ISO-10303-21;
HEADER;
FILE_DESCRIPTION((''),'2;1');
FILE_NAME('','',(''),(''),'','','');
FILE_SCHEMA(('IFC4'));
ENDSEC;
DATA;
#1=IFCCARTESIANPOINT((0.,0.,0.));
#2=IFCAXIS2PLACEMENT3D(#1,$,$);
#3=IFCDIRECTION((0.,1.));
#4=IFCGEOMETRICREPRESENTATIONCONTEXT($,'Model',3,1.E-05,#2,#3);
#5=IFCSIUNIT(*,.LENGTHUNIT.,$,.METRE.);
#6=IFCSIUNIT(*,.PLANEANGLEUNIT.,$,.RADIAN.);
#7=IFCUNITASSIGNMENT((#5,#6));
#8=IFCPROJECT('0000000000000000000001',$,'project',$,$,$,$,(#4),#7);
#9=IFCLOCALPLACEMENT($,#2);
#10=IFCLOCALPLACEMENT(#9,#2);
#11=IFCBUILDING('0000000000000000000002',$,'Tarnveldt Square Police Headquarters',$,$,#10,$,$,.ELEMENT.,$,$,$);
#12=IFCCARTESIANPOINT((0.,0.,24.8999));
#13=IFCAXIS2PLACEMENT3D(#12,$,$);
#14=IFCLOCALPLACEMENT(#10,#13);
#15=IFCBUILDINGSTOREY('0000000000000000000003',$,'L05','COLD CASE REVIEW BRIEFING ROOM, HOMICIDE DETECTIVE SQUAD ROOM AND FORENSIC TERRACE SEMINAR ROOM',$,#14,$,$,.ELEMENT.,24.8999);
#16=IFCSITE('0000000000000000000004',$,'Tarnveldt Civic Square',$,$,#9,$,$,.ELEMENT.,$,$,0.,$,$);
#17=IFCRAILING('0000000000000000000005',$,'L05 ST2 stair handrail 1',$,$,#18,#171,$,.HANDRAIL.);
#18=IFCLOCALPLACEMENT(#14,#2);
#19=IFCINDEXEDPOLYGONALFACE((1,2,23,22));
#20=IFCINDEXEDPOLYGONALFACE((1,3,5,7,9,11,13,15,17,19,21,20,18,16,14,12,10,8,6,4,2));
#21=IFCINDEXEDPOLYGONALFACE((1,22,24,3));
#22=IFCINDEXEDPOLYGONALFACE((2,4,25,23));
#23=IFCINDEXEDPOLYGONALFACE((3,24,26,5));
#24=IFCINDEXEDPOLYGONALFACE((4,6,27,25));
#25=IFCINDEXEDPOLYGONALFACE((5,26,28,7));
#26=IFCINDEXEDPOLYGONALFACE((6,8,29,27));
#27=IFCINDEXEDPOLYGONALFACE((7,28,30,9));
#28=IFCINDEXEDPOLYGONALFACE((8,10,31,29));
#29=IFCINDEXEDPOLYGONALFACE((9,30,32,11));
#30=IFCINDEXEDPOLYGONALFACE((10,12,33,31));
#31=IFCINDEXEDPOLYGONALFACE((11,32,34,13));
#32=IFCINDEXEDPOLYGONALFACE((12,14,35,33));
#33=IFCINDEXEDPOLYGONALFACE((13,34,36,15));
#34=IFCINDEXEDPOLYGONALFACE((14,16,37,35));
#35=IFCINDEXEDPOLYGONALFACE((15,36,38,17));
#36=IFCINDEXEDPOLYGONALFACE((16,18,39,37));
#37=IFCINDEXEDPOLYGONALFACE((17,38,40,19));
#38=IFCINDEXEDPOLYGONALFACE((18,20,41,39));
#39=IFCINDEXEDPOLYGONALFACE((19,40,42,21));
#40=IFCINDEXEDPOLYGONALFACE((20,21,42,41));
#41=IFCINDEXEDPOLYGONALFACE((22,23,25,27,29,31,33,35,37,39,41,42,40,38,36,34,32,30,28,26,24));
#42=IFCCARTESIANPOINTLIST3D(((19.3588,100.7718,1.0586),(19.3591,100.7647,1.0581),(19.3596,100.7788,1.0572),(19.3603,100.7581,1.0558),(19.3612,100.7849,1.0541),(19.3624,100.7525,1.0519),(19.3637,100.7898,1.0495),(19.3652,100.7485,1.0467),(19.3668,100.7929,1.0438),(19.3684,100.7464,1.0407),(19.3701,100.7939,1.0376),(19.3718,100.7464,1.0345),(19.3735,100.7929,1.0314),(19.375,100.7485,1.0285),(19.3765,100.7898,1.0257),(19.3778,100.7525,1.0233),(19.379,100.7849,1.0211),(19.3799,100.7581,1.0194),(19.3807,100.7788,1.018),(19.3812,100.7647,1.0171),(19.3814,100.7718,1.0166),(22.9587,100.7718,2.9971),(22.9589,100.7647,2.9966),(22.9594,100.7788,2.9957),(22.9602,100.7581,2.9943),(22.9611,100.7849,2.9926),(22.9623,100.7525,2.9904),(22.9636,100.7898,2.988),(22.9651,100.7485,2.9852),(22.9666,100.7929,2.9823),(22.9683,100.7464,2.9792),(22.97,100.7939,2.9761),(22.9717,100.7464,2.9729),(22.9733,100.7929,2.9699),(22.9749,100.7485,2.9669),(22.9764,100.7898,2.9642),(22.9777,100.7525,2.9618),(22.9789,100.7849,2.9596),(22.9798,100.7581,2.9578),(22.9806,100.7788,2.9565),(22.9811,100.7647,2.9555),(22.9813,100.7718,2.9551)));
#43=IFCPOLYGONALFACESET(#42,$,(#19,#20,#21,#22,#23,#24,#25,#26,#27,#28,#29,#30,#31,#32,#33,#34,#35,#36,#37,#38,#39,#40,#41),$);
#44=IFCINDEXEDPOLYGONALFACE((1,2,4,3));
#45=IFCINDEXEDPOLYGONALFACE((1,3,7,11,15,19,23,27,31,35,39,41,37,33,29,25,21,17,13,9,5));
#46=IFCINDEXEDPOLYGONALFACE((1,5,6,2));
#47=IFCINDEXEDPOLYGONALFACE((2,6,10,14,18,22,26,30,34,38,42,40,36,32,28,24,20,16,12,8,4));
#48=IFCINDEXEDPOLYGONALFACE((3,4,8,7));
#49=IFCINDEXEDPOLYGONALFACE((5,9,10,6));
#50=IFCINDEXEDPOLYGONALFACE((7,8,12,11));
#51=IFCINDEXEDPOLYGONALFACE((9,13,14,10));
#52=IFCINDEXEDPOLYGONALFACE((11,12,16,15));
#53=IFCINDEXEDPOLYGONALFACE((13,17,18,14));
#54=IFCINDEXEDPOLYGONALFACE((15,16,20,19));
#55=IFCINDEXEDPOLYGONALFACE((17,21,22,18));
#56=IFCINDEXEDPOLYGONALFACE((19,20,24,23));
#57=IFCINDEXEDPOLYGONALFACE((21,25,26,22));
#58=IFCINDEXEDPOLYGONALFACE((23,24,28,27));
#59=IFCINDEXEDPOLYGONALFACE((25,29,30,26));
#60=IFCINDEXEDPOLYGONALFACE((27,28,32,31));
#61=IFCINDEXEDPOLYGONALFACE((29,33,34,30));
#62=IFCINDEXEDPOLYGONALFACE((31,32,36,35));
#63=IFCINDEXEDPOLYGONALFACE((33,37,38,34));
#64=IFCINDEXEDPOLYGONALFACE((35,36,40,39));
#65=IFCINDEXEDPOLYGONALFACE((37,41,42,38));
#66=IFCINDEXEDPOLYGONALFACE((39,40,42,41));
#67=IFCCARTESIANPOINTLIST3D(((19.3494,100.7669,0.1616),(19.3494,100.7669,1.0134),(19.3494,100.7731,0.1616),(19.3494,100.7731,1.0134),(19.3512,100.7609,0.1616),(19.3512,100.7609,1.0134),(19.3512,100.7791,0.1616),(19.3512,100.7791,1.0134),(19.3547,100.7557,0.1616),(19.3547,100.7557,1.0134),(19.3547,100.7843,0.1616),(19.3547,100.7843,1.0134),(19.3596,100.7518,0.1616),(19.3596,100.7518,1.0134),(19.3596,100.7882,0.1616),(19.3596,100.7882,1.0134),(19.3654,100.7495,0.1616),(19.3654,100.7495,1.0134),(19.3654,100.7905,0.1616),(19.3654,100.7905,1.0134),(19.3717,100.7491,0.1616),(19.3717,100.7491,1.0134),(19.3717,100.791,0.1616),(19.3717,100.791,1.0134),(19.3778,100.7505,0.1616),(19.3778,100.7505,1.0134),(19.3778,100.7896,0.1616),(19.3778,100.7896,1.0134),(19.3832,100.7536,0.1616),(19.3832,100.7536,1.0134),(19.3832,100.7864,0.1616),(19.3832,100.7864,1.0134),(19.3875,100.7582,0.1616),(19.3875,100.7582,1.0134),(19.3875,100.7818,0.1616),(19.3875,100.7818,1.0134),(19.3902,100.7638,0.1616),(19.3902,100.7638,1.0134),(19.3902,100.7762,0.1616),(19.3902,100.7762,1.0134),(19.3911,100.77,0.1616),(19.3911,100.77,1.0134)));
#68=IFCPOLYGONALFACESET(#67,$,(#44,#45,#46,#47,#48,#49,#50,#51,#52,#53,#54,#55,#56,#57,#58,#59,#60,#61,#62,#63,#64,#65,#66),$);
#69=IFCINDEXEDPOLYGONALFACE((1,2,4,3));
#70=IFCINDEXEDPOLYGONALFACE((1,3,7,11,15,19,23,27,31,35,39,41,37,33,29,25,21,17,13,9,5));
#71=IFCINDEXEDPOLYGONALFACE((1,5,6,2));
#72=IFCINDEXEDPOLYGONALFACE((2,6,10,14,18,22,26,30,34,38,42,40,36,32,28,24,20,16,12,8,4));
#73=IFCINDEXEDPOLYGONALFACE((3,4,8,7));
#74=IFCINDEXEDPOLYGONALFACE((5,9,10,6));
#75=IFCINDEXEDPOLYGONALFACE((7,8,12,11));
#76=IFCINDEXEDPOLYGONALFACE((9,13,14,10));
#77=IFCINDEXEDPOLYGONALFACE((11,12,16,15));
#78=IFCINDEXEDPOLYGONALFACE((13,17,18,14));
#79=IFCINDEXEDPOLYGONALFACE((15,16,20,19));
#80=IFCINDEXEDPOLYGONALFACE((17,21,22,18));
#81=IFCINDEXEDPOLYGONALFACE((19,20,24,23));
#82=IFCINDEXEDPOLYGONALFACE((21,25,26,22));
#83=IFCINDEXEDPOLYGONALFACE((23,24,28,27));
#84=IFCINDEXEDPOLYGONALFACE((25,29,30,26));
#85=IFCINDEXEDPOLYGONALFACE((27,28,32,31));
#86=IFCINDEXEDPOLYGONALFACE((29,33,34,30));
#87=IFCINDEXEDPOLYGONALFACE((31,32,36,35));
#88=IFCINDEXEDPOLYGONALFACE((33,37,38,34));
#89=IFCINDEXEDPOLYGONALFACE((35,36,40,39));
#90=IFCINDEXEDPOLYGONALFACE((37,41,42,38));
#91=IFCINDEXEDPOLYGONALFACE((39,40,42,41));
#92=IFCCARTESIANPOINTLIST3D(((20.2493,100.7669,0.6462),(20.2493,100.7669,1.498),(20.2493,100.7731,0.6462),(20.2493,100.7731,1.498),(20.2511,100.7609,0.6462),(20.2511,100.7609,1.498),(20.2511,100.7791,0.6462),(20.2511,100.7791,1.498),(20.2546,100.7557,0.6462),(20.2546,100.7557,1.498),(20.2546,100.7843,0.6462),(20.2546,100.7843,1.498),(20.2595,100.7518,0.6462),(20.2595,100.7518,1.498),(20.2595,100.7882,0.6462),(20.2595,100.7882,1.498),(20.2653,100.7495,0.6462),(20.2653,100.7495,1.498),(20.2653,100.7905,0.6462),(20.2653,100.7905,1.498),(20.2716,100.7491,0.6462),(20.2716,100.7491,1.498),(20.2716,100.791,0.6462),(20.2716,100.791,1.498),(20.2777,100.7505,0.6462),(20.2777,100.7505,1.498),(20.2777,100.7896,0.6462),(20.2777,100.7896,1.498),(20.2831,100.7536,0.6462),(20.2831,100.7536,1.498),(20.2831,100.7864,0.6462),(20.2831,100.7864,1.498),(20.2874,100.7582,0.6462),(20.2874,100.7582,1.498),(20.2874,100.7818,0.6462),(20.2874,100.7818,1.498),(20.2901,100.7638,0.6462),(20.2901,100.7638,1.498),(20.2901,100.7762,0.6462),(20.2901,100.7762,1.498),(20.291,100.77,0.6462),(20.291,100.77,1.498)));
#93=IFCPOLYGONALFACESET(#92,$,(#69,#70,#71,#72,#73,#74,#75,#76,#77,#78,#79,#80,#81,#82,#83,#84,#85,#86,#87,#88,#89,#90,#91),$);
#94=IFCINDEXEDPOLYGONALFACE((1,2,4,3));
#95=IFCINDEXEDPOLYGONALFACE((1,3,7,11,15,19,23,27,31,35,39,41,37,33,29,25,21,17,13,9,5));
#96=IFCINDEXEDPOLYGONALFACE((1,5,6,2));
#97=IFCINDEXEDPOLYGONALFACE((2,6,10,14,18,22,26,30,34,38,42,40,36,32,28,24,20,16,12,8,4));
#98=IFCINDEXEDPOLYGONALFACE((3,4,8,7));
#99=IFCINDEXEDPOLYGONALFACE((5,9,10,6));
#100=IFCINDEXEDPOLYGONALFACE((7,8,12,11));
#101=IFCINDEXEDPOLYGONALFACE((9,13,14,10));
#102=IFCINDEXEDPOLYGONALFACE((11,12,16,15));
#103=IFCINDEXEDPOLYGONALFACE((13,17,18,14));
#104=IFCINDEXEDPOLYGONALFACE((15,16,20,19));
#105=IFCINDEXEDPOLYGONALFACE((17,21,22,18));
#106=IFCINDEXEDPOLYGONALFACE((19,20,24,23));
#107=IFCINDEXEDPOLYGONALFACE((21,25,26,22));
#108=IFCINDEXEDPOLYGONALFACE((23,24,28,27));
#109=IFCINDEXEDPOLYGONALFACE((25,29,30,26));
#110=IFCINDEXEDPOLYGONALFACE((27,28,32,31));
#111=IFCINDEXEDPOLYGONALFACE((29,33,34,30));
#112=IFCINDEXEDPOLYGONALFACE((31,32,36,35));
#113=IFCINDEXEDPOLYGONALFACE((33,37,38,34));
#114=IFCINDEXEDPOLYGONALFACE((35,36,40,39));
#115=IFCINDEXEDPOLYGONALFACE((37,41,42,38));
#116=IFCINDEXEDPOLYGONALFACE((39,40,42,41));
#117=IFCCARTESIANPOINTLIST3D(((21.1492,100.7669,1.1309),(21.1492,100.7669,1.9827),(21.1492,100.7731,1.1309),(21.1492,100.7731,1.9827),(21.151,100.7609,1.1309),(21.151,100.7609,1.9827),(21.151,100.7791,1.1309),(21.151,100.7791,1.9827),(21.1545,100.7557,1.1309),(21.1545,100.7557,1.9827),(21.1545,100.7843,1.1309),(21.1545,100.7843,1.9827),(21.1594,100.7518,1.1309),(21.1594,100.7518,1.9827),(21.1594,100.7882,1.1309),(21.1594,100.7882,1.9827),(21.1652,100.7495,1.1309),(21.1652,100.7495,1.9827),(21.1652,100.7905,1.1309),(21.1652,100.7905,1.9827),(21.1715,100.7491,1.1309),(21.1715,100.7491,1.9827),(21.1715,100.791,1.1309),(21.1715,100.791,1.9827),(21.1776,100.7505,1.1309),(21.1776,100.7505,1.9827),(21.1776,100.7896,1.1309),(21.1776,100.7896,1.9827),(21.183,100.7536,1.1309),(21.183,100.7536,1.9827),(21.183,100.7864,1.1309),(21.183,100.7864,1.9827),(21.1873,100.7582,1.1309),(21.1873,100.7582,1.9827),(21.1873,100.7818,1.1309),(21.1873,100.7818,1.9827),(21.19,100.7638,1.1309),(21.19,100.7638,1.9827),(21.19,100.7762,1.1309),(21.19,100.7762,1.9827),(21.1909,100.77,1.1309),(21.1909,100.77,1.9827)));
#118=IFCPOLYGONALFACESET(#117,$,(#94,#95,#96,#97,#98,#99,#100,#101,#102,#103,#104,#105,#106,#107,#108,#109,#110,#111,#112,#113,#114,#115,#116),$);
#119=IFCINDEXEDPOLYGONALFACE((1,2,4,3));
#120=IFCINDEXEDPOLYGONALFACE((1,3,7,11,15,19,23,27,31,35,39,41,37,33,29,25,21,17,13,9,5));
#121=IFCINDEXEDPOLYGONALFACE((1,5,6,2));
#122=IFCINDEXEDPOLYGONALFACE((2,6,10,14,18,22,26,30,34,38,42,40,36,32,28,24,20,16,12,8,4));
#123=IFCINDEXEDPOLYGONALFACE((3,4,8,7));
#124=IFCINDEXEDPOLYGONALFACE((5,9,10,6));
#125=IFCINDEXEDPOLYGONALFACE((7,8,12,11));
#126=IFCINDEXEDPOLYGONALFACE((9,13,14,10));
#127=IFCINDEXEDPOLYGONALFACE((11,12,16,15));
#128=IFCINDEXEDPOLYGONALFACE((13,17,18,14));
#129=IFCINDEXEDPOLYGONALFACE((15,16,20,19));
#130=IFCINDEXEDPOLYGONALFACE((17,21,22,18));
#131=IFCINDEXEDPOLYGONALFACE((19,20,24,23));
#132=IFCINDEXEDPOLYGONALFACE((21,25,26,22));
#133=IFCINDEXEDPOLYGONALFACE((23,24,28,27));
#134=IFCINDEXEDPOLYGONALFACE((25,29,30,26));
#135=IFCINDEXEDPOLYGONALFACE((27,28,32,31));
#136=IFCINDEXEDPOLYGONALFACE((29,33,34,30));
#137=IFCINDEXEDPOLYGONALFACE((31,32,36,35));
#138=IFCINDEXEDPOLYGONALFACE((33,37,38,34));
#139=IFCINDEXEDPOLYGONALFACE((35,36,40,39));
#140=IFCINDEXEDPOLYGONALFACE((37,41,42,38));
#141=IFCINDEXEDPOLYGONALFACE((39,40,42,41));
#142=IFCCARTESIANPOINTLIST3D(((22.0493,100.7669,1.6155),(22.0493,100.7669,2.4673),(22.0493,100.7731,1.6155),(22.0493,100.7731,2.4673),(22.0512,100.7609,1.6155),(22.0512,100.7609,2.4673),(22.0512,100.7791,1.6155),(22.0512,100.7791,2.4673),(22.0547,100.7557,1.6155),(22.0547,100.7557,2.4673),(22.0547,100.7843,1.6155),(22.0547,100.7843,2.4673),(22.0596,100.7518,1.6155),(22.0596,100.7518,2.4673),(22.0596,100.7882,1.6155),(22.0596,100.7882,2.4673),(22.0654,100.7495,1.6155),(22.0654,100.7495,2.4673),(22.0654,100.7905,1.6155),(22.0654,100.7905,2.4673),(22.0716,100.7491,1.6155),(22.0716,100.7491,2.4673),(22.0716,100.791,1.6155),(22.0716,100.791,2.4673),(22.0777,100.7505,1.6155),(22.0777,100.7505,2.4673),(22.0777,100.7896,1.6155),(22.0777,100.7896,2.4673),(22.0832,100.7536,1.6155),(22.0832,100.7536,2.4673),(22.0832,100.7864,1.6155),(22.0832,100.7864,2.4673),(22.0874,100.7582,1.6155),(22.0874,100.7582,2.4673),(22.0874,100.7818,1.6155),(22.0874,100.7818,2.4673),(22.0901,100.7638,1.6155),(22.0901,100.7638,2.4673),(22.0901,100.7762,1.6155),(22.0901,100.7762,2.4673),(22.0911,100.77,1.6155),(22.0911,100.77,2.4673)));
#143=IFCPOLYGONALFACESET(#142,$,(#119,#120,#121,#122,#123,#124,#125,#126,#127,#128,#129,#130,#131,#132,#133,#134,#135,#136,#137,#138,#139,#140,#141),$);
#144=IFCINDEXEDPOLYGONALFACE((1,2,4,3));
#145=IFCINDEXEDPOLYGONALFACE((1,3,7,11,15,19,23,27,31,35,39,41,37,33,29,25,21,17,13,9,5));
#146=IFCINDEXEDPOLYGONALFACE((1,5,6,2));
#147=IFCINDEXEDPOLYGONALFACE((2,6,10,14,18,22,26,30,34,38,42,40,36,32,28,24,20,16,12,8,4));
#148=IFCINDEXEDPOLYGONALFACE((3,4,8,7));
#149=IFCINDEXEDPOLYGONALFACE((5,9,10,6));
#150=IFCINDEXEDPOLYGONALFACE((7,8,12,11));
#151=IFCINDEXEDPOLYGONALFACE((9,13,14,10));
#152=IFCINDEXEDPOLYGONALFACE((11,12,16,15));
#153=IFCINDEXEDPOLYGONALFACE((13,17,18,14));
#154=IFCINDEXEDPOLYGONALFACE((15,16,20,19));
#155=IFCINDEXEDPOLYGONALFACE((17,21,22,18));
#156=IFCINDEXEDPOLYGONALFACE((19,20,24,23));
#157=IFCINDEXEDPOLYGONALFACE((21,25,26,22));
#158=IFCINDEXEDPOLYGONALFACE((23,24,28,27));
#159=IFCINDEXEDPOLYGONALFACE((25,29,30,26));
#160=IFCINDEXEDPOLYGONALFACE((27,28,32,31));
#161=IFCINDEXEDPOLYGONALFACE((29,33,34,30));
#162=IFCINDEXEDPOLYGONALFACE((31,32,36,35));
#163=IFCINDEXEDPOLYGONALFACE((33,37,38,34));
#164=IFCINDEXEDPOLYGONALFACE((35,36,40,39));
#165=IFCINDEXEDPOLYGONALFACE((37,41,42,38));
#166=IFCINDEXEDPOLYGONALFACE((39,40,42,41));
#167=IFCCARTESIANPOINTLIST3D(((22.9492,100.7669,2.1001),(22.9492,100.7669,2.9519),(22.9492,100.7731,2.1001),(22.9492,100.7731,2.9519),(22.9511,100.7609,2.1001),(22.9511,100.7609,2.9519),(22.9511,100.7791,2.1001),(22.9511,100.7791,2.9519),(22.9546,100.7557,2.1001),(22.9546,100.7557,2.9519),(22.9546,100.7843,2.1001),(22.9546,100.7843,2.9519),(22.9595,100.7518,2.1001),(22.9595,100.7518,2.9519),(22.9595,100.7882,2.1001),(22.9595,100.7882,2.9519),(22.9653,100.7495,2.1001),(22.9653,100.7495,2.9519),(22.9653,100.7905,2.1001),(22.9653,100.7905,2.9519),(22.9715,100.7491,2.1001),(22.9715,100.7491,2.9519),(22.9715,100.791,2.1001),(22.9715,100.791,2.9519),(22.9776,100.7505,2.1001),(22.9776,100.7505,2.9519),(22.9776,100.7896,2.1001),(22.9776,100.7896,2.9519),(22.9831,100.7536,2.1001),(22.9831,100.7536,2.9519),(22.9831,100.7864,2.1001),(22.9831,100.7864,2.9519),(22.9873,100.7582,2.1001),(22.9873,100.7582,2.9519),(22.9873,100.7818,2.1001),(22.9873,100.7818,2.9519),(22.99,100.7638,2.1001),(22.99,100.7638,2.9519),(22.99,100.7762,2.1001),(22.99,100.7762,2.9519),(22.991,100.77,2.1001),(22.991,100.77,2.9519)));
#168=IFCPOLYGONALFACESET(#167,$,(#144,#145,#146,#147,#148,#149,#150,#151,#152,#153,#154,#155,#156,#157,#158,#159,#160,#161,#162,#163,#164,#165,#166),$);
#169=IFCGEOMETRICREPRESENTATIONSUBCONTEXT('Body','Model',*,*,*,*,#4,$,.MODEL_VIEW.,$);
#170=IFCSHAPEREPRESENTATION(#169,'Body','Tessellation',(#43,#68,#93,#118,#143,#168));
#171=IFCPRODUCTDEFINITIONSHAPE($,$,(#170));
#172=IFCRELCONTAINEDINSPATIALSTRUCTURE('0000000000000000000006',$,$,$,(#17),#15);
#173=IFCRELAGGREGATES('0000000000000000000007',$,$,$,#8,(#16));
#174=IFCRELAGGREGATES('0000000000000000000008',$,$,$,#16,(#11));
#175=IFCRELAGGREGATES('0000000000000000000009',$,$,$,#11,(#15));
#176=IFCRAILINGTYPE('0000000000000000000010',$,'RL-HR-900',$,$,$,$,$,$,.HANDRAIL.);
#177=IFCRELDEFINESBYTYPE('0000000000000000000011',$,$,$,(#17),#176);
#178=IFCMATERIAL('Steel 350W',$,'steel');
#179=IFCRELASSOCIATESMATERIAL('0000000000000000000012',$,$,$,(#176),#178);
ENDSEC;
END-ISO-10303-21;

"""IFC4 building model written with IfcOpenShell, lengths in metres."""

from ifc_helpers import new_model, si_unit, direction, frame, origin, origin_2d, place, context, subcontext, project, spatial, circle, extrude, material, type_object, element, save


model = new_model("IFC4")

# Units and contexts
model_context = context("Model", 3, precision=1e-05, world=origin(), true_north=direction((0.0, 1.0)))
body_context = subcontext(model_context, "Body", "Model", "MODEL_VIEW")
ifc_project = project(units=[si_unit("LENGTHUNIT", "METRE"), si_unit("PLANEANGLEUNIT", "RADIAN")], contexts=[model_context])

# Site, building, storey
site_placement = place(None, origin())
site = spatial("IfcSite", under=ifc_project, at=site_placement, Name="Tarnveldt Civic Square", CompositionType="ELEMENT", RefElevation=0.0)
building_placement = place(site_placement, origin())
building = spatial("IfcBuilding", under=site, at=building_placement, Name="Tarnveldt Square Police Headquarters", CompositionType="ELEMENT")
storey_placement = place(building_placement, frame((0.0, 0.0, 24.8999)))
storey = spatial("IfcBuildingStorey", under=building, at=storey_placement, Name="L05", Description="COLD CASE REVIEW BRIEFING ROOM, HOMICIDE DETECTIVE SQUAD ROOM AND FORENSIC TERRACE SEMINAR ROOM", CompositionType="ELEMENT", Elevation=24.8999)

# Shared definitions
ifc_material_1 = material(Name="Steel 350W", Category="steel")

# Railing
railing_type = type_object("IfcRailingType", Name="RL-HR-900", PredefinedType="HANDRAIL", material=ifc_material_1)
railing_placement = place(storey_placement, frame((19.3701, 100.77, 0.1616)))
element("IfcRailing", 1, at=railing_placement, inside=storey, type_object=railing_type, Name="L05 ST2 stair handrail 1", PredefinedType="HANDRAIL", context=body_context, shape_type="SweptSolid", body=[
    extrude(circle(Radius=0.0239, at=origin_2d()), frame((0.0, 0.0, 0.876), z_axis=(0.880462, 0.0, 0.474118), x_axis=(0.0, 1.0, 0.0)), (0.0, 0.0, 1.0), 4.0886),
    extrude(circle(Radius=0.021, at=origin_2d()), origin(), (0.0, 0.0, 1.0), 0.8518),
    extrude(circle(Radius=0.021, at=origin_2d()), frame((0.8999, 0.0, 0.4846)), (0.0, 0.0, 1.0), 0.8518),
    extrude(circle(Radius=0.021, at=origin_2d()), frame((1.7998, 0.0, 0.9692)), (0.0, 0.0, 1.0), 0.8518),
    extrude(circle(Radius=0.021, at=origin_2d()), frame((2.7, 0.0, 1.4539)), (0.0, 0.0, 1.0), 0.8518),
    extrude(circle(Radius=0.021, at=origin_2d()), frame((3.5999, 0.0, 1.9385)), (0.0, 0.0, 1.0), 0.8518),
])

save(model, "model.ifc")
